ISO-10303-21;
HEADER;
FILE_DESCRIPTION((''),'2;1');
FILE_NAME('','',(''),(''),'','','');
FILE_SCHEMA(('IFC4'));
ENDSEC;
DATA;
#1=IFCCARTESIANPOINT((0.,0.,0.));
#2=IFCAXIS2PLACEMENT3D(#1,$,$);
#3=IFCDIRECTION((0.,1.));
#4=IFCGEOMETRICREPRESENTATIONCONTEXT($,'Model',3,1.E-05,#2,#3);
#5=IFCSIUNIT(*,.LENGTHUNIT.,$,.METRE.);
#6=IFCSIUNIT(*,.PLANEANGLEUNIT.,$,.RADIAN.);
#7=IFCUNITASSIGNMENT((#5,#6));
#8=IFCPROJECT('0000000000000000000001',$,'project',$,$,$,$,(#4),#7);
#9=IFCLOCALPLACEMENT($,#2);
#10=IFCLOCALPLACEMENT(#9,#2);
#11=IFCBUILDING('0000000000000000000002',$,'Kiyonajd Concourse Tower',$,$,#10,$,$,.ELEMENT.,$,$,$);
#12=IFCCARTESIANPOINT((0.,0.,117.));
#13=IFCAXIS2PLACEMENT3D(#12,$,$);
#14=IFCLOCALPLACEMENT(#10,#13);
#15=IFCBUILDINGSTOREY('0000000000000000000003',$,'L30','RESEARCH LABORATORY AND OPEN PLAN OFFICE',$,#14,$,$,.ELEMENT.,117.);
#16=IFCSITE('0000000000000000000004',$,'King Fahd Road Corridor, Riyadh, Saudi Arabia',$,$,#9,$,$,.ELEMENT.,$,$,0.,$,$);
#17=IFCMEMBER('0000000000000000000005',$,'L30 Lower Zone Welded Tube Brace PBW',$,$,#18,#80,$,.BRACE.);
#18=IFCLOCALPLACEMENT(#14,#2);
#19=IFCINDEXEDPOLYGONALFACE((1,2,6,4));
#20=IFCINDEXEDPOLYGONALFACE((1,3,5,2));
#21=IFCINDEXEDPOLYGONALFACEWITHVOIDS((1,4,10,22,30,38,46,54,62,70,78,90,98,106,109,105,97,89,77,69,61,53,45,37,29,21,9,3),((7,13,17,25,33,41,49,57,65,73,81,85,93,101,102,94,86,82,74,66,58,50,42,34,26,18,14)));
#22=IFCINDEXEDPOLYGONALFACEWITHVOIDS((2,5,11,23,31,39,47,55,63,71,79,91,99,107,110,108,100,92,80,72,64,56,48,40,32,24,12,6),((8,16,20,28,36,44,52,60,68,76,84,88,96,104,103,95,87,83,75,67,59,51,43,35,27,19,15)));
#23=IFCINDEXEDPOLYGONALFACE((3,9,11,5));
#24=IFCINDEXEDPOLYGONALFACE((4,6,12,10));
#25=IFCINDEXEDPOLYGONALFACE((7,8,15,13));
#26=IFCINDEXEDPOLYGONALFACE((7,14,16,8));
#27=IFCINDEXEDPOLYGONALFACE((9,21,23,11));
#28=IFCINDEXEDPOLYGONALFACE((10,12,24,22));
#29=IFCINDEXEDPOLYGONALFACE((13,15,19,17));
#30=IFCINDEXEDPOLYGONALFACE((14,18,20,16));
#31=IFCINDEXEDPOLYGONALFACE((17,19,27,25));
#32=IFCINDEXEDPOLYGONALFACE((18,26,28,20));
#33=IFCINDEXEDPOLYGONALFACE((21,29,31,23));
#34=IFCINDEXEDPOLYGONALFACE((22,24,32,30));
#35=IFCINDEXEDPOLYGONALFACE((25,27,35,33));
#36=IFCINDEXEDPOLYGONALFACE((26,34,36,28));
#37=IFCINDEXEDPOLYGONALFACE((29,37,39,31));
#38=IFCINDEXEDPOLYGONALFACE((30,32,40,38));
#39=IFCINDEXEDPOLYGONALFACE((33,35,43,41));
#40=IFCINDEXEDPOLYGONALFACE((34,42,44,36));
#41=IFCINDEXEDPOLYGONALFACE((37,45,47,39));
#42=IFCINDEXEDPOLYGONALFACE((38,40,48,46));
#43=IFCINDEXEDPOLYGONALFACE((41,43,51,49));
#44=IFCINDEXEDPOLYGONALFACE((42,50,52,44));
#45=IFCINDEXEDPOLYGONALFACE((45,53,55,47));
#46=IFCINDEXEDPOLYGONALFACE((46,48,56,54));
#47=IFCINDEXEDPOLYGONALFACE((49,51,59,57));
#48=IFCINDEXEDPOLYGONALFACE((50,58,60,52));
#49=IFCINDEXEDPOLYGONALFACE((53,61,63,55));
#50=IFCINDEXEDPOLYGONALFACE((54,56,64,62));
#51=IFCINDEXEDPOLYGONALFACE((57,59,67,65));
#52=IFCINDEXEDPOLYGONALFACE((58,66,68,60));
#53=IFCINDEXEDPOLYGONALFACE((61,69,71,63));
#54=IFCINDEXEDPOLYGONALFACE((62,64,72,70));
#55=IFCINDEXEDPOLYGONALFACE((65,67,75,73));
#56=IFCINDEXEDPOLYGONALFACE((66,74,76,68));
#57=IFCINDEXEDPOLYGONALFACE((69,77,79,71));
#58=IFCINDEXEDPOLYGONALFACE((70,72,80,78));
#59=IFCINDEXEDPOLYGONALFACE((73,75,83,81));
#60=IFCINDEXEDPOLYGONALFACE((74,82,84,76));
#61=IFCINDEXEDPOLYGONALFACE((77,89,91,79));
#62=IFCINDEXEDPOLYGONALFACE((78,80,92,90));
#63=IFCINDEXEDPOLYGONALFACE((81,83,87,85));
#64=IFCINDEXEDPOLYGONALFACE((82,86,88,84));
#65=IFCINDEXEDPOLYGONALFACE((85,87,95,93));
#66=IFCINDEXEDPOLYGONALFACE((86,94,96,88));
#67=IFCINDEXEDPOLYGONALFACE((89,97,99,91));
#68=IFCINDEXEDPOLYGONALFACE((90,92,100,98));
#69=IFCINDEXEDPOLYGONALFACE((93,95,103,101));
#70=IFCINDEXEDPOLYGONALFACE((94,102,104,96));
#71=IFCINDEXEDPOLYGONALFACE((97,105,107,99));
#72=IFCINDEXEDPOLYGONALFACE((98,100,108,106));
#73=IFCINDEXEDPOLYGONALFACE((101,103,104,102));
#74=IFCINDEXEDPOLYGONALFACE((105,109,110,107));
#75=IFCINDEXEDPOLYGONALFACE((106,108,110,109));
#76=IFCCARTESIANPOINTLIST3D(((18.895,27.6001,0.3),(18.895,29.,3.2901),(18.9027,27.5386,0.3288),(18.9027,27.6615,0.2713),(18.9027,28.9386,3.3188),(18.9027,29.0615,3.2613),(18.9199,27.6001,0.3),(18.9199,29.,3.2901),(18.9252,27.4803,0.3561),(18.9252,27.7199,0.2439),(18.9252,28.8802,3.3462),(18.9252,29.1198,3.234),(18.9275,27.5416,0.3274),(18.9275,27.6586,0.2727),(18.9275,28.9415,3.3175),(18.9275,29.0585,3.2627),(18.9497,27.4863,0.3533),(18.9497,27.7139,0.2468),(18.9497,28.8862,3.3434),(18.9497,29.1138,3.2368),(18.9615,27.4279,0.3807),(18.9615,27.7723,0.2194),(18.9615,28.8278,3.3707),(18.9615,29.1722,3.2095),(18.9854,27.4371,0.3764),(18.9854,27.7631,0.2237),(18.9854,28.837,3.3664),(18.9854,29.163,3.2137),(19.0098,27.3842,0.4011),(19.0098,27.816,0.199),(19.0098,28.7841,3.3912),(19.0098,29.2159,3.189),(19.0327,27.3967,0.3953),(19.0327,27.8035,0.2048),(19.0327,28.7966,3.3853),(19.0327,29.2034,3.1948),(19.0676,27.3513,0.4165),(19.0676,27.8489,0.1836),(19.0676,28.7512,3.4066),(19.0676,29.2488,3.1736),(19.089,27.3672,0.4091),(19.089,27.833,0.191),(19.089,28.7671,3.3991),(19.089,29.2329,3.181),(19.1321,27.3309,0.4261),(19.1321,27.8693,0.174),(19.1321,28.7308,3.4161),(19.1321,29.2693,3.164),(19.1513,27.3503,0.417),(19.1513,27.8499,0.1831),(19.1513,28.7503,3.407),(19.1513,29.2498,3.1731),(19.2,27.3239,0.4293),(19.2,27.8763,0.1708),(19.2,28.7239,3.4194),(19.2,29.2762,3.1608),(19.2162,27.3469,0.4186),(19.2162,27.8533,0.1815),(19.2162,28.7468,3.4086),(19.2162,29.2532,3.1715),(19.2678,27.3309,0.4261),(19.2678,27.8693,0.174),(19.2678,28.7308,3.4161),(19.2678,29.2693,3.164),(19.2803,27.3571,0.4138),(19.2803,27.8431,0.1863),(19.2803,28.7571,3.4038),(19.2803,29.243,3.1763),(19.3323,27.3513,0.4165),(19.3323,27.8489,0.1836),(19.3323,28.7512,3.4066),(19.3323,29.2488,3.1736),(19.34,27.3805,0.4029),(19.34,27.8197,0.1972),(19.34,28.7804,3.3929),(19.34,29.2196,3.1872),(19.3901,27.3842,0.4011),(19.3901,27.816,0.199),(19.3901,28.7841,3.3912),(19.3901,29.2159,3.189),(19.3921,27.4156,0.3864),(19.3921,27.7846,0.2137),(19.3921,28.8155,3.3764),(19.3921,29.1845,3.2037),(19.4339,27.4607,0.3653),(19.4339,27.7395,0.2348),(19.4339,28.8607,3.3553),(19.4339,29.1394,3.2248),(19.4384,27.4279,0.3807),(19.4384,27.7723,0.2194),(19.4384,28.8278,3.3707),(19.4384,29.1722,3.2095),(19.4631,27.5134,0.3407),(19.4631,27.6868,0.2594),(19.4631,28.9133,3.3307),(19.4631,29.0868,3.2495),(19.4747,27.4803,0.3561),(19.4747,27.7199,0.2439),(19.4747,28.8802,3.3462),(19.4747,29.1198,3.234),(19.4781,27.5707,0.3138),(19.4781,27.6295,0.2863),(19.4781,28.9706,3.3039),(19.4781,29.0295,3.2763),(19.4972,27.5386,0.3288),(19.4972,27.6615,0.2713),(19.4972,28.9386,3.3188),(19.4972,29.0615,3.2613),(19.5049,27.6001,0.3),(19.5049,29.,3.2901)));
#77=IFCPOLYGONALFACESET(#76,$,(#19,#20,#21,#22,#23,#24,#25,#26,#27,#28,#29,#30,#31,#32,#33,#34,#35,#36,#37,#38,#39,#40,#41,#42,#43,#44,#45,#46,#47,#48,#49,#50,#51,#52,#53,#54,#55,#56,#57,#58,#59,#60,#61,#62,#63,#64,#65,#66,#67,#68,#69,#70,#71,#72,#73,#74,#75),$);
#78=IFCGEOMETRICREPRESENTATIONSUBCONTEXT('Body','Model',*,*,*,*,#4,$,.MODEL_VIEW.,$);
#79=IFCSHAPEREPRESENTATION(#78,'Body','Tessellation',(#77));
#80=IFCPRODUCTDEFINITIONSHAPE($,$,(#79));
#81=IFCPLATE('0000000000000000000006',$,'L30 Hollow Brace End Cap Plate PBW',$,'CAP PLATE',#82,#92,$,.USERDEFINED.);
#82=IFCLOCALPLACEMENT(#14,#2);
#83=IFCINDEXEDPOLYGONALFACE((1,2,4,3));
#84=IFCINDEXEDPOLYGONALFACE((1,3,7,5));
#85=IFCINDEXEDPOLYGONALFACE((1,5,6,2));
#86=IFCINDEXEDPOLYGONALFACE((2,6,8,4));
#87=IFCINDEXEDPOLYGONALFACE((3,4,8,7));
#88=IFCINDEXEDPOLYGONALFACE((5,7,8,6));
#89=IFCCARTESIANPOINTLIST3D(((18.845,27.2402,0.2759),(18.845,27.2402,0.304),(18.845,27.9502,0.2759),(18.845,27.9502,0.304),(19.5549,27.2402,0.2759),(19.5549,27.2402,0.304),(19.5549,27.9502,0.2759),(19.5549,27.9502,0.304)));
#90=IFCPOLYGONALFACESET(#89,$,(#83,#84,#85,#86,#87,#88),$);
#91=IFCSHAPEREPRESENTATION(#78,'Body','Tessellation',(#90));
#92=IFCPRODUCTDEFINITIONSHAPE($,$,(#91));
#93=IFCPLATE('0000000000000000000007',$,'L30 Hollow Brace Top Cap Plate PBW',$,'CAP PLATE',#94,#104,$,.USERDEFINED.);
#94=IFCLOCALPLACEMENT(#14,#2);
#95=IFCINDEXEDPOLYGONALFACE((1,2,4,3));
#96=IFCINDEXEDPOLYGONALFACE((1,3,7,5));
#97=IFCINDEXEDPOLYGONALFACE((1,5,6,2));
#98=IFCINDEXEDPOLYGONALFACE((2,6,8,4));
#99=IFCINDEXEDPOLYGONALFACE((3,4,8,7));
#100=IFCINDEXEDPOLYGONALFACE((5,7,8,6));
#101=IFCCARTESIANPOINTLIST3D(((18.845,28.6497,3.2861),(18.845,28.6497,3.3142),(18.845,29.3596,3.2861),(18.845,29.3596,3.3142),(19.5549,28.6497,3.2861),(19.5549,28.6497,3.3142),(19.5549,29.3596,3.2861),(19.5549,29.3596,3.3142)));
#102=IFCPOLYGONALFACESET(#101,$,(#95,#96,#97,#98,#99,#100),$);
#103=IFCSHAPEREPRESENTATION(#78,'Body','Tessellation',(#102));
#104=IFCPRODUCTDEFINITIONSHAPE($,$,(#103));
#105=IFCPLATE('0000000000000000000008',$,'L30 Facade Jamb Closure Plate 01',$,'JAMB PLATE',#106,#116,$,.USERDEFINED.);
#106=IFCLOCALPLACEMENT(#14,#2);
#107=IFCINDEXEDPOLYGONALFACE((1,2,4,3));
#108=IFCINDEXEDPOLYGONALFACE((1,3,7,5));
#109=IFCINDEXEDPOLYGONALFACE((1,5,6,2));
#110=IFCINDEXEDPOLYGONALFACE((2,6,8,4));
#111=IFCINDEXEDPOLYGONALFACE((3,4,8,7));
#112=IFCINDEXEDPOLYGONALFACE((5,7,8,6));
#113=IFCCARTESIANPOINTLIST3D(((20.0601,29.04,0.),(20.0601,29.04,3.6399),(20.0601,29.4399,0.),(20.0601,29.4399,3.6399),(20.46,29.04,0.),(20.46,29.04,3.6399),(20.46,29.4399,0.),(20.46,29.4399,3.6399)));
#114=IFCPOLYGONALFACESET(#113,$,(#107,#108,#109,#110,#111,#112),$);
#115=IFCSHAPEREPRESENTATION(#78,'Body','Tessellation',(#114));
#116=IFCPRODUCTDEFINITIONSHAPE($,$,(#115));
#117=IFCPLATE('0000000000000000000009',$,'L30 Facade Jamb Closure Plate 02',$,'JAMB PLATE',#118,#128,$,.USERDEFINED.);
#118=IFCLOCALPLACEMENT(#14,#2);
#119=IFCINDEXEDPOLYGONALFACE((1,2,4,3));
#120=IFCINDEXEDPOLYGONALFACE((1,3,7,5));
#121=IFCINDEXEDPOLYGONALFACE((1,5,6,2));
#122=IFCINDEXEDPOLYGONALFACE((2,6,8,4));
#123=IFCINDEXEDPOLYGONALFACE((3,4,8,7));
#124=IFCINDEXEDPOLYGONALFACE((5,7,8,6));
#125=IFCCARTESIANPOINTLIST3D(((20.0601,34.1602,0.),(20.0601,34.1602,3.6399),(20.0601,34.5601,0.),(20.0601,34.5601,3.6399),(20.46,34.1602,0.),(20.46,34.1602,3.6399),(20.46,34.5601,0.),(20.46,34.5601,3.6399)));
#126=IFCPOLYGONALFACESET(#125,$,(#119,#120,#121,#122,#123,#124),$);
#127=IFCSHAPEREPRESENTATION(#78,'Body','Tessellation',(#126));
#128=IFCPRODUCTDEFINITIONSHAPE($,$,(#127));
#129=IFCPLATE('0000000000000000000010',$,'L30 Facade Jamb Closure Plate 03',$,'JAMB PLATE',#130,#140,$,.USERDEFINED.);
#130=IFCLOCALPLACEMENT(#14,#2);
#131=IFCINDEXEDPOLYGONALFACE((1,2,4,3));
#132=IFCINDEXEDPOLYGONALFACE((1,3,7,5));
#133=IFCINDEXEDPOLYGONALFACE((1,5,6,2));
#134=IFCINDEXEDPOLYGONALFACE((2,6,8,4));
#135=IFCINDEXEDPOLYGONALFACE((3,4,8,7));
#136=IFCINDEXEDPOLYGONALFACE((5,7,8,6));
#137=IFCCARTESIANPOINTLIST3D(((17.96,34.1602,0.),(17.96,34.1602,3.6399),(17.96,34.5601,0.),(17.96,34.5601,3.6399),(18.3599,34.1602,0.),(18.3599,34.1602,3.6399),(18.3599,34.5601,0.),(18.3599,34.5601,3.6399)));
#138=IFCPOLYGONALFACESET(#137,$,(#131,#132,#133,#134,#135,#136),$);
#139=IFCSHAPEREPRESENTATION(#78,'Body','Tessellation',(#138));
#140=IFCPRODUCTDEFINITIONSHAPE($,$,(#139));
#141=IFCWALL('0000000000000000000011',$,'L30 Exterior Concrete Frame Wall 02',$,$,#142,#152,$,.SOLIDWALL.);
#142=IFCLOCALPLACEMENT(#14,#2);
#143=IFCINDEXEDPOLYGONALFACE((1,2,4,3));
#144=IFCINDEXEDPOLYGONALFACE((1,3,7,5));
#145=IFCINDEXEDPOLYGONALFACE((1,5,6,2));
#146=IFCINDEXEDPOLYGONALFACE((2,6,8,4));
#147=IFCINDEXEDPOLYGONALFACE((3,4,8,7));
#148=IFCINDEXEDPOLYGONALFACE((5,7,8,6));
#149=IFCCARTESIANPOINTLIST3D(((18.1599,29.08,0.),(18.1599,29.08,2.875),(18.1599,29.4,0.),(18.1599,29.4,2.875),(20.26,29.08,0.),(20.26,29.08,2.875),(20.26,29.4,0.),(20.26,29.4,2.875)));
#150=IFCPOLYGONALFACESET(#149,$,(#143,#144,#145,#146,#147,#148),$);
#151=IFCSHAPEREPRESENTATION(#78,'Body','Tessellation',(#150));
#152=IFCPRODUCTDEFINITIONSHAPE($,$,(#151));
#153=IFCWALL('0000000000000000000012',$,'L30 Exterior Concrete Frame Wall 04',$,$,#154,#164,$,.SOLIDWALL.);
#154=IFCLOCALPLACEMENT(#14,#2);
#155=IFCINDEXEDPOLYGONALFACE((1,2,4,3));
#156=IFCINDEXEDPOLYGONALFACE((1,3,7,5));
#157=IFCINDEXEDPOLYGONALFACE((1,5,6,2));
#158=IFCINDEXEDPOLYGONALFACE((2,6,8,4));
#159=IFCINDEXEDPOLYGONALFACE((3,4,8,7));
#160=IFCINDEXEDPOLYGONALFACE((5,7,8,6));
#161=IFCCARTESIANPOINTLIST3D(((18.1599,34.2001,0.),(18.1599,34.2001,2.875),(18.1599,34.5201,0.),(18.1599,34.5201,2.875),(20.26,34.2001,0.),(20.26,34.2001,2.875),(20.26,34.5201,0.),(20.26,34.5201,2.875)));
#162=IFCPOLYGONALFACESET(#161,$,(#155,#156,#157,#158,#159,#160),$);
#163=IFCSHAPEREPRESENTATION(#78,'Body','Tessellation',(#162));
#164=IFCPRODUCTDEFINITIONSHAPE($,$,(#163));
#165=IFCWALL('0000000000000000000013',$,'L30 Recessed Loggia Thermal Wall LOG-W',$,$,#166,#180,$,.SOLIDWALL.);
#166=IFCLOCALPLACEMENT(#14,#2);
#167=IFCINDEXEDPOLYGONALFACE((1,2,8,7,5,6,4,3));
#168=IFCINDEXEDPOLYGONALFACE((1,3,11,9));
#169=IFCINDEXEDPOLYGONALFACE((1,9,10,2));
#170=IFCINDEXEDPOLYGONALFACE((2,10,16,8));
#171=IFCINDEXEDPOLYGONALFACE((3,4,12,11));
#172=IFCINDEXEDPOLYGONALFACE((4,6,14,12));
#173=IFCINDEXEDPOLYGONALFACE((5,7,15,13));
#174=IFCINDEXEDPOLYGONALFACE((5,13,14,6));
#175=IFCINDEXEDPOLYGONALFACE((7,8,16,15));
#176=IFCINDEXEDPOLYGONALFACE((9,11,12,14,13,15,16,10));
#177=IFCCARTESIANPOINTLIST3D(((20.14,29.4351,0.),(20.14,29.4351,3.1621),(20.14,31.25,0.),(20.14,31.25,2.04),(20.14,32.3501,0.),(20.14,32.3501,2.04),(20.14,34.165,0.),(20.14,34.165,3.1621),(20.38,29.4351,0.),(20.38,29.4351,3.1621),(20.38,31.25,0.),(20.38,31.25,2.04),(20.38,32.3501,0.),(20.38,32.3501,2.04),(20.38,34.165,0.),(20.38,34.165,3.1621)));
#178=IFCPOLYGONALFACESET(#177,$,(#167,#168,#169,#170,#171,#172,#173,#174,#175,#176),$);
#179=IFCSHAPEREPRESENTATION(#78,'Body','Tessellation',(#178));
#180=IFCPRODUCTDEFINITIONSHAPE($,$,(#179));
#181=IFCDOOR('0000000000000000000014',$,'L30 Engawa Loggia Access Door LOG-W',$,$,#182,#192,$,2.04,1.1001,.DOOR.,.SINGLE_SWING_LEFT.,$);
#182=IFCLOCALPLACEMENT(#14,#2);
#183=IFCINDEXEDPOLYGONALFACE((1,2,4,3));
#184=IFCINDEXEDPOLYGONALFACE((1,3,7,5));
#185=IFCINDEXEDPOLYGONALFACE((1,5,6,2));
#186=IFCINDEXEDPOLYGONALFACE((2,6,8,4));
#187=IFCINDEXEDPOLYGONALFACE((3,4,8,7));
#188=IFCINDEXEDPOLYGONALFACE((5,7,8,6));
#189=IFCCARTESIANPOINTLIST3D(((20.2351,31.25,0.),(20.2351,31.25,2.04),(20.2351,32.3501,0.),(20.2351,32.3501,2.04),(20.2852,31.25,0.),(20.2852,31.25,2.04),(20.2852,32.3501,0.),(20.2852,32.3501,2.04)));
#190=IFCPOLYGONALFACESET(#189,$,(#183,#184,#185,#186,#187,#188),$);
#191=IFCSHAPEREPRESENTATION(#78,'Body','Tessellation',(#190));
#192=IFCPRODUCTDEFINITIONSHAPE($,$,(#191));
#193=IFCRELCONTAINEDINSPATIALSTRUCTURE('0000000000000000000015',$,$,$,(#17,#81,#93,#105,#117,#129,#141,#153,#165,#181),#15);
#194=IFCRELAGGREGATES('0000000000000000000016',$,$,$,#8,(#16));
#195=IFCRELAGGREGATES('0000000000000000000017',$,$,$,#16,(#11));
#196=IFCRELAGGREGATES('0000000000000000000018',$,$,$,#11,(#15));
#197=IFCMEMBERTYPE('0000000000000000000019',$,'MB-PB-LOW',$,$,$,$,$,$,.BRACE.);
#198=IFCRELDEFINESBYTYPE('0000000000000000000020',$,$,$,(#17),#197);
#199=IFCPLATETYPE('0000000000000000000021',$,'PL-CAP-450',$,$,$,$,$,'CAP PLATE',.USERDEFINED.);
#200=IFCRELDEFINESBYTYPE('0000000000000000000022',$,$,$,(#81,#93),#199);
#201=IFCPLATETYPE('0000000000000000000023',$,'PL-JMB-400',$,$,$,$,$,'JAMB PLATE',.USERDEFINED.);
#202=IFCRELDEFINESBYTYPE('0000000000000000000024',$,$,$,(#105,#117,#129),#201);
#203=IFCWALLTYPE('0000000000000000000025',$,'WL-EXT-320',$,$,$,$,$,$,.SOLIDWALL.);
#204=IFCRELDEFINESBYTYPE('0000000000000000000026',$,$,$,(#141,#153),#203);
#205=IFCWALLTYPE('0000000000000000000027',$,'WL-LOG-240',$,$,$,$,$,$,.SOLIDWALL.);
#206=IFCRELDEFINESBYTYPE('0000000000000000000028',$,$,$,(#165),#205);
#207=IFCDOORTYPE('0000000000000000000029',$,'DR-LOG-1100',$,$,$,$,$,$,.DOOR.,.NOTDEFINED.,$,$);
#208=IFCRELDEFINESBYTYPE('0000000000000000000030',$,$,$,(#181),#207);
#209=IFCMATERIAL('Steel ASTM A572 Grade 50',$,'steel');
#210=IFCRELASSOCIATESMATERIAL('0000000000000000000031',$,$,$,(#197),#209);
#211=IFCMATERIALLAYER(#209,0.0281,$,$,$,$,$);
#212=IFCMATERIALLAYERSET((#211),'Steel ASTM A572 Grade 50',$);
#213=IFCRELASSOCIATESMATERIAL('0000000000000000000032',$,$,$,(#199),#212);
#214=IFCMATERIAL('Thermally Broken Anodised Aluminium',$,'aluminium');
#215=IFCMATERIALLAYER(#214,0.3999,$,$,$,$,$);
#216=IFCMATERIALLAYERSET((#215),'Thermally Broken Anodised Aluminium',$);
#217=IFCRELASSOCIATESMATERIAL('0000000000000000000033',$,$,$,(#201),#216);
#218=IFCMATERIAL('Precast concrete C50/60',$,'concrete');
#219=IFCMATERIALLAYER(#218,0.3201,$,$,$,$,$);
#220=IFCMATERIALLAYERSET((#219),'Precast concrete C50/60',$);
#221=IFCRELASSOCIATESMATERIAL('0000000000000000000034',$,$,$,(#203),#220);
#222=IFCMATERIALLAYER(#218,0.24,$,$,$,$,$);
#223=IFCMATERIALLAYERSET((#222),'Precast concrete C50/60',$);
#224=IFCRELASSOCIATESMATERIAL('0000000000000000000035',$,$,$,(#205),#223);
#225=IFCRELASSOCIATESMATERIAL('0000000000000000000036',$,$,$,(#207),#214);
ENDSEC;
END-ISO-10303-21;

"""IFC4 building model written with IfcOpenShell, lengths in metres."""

from ifc_helpers import new_model, si_unit, direction, frame, frame_2d, origin, origin_2d, place, context, subcontext, project, spatial, rectangle, hollow_circle, extrude, material, layer, layer_set, material_profile, profile_set, type_object, element, fill, save


model = new_model("IFC4")

# Units and contexts
model_context = context("Model", 3, precision=1e-05, world=origin(), true_north=direction((0.0, 1.0)))
body_context = subcontext(model_context, "Body", "Model", "MODEL_VIEW")
ifc_project = project(units=[si_unit("LENGTHUNIT", "METRE"), si_unit("PLANEANGLEUNIT", "RADIAN")], contexts=[model_context])

# Site, building, storey
site_placement = place(None, origin())
site = spatial("IfcSite", under=ifc_project, at=site_placement, Name="King Fahd Road Corridor, Riyadh, Saudi Arabia", CompositionType="ELEMENT", RefElevation=0.0)
building_placement = place(site_placement, origin())
building = spatial("IfcBuilding", under=site, at=building_placement, Name="Kiyonajd Concourse Tower", CompositionType="ELEMENT")
storey_placement = place(building_placement, frame((0.0, 0.0, 117.0)))
storey = spatial("IfcBuildingStorey", under=building, at=storey_placement, Name="L30", Description="RESEARCH LABORATORY AND OPEN PLAN OFFICE", CompositionType="ELEMENT", Elevation=117.0)

# Shared definitions
ifc_material_1 = material(Name="Precast concrete C50/60", Category="concrete")

# Shared definitions
ifc_material_2 = material(Name="Thermally Broken Anodised Aluminium", Category="aluminium")

# Member
ifc_material_3 = material(Name="Steel ASTM A572 Grade 50", Category="steel")
ifc_material_profile_1 = material_profile(ifc_material_3, hollow_circle(Radius=0.3049, WallThickness=0.0249, at=origin_2d()), Name="CHS-610x25")
ifc_profile_set_1 = profile_set([ifc_material_profile_1], Name="Steel ASTM A572 Grade 50")
member_type_1 = type_object("IfcMemberType", Name="MB-PB-LOW", PredefinedType="BRACE", material=ifc_profile_set_1)
member_1_placement = place(storey_placement, frame((19.2, 27.6001, 0.3), z_axis=(0.0, 0.424023, 0.905652), x_axis=(-1.0, 0.0, 0.0)))
element("IfcMember", 1, at=member_1_placement, inside=storey, type_object=member_type_1, Name="L30 Lower Zone Welded Tube Brace PBW", PredefinedType="BRACE", context=body_context, shape_type="SweptSolid", body=[
    extrude(hollow_circle(Radius=0.3049, WallThickness=0.0249, at=origin_2d()), origin(), (0.0, 0.0, 1.0), 3.3015),
])

# Plates
ifc_layer_1 = layer(ifc_material_3, 0.0281)
ifc_layer_set_1 = layer_set([ifc_layer_1], Name="Steel ASTM A572 Grade 50")
plate_type_1 = type_object("IfcPlateType", Name="PL-CAP-450", ElementType="CAP PLATE", PredefinedType="USERDEFINED", material=ifc_layer_set_1)
for number, where, z_axis, x_axis, name in (
    (2, (19.2, 27.5952, 0.2759), (0.0, 0.0, 1.0), (1.0, 0.0, 0.0), "L30 Hollow Brace End Cap Plate PBW"),
    (3, (19.2, 29.0046, 3.2861), (0.0, 0.0, 1.0), (1.0, 0.0, 0.0), "L30 Hollow Brace Top Cap Plate PBW"),
):
    element("IfcPlate", number, at=place(storey_placement, frame(where, z_axis=z_axis, x_axis=x_axis)), inside=storey, type_object=plate_type_1, Name=name, ObjectType="CAP PLATE", PredefinedType="USERDEFINED", context=body_context, shape_type="SweptSolid", body=[
        extrude(rectangle(XDim=0.71, YDim=0.71, at=origin_2d()), origin(), (0.0, 0.0, 1.0), 0.0281),
    ])
ifc_layer_2 = layer(ifc_material_2, 0.3999)
ifc_layer_set_2 = layer_set([ifc_layer_2], Name="Thermally Broken Anodised Aluminium")
plate_type_2 = type_object("IfcPlateType", Name="PL-JMB-400", ElementType="JAMB PLATE", PredefinedType="USERDEFINED", material=ifc_layer_set_2)
for number, where, z_axis, x_axis, name in (
    (4, (20.26, 29.24, 0.0), (0.0, 0.0, 1.0), (1.0, 0.0, 0.0), "L30 Facade Jamb Closure Plate 01"),
    (5, (20.26, 34.3601, 0.0), (0.0, 0.0, 1.0), (1.0, 0.0, 0.0), "L30 Facade Jamb Closure Plate 02"),
    (6, (18.1599, 34.3601, 0.0), (0.0, 0.0, 1.0), (1.0, 0.0, 0.0), "L30 Facade Jamb Closure Plate 03"),
):
    element("IfcPlate", number, at=place(storey_placement, frame(where, z_axis=z_axis, x_axis=x_axis)), inside=storey, type_object=plate_type_2, Name=name, ObjectType="JAMB PLATE", PredefinedType="USERDEFINED", context=body_context, shape_type="SweptSolid", body=[
        extrude(rectangle(XDim=0.3999, YDim=0.3999, at=origin_2d()), origin(), (0.0, 0.0, 1.0), 3.6399),
    ])

# Walls
ifc_layer_3 = layer(ifc_material_1, 0.3201)
ifc_layer_set_3 = layer_set([ifc_layer_3], Name="Precast concrete C50/60")
wall_type_1 = type_object("IfcWallType", Name="WL-EXT-320", PredefinedType="SOLIDWALL", material=ifc_layer_set_3)
for number, where, z_axis, x_axis, name in (
    (7, (18.1599, 29.24, 0.0), (0.0, 0.0, 1.0), (1.0, 0.0, 0.0), "L30 Exterior Concrete Frame Wall 02"),
    (8, (20.26, 34.3601, 0.0), (0.0, 0.0, 1.0), (-1.0, 0.0, 0.0), "L30 Exterior Concrete Frame Wall 04"),
):
    element("IfcWall", number, at=place(storey_placement, frame(where, z_axis=z_axis, x_axis=x_axis)), inside=storey, type_object=wall_type_1, Name=name, PredefinedType="SOLIDWALL", context=body_context, shape_type="SweptSolid", body=[
        extrude(rectangle(XDim=2.1001, YDim=0.3201, at=frame_2d((1.05, 0.0))), origin(), (0.0, 0.0, 1.0), 2.875),
    ])

# Wall, opening, door
ifc_layer_4 = layer(ifc_material_1, 0.24)
ifc_layer_set_4 = layer_set([ifc_layer_4], Name="Precast concrete C50/60")
wall_type_2 = type_object("IfcWallType", Name="WL-LOG-240", PredefinedType="SOLIDWALL", material=ifc_layer_set_4)
wall_1_placement = place(storey_placement, frame((20.26, 29.4351, 0.0), z_axis=(0.0, 0.0, 1.0), x_axis=(0.0, 1.0, 0.0)))
wall_1 = element("IfcWall", 9, at=wall_1_placement, inside=storey, type_object=wall_type_2, Name="L30 Recessed Loggia Thermal Wall LOG-W", PredefinedType="SOLIDWALL", context=body_context, shape_type="SweptSolid", body=[
    extrude(rectangle(XDim=4.73, YDim=0.24, at=frame_2d((2.365, 0.0))), origin(), (0.0, 0.0, 1.0), 3.1621),
])
opening_1_placement = place(wall_1_placement, frame((1.8149, 0.0, 0.0)))
opening_1 = element("IfcOpeningElement", 10, at=opening_1_placement, cuts=wall_1, PredefinedType="OPENING", context=body_context, shape_type="SweptSolid", body=[
    extrude(rectangle(XDim=1.1001, YDim=2.04, at=frame_2d((0.55, 1.02))), frame((0.0, 0.1299, 0.0), z_axis=(0.0, -1.0, 0.0), x_axis=(1.0, 0.0, 0.0)), (0.0, 0.0, 1.0), 0.26),
])
door_type_1 = type_object("IfcDoorType", Name="DR-LOG-1100", OperationType="NOTDEFINED", PredefinedType="DOOR", material=ifc_material_2)
door_1_placement = place(opening_1_placement, origin())
door_1 = element("IfcDoor", 11, at=door_1_placement, inside=storey, type_object=door_type_1, Name="L30 Engawa Loggia Access Door LOG-W", OperationType="SINGLE_SWING_LEFT", OverallHeight=2.04, OverallWidth=1.1001, PredefinedType="DOOR", context=body_context, shape_type="SweptSolid", body=[
    extrude(rectangle(XDim=1.1001, YDim=2.04, at=frame_2d((0.55, 1.02))), frame((0.0, 0.0249, 0.0), z_axis=(0.0, -1.0, 0.0), x_axis=(1.0, 0.0, 0.0)), (0.0, 0.0, 1.0), 0.05),
])
fill(opening_1, door_1)

save(model, "model.ifc")
